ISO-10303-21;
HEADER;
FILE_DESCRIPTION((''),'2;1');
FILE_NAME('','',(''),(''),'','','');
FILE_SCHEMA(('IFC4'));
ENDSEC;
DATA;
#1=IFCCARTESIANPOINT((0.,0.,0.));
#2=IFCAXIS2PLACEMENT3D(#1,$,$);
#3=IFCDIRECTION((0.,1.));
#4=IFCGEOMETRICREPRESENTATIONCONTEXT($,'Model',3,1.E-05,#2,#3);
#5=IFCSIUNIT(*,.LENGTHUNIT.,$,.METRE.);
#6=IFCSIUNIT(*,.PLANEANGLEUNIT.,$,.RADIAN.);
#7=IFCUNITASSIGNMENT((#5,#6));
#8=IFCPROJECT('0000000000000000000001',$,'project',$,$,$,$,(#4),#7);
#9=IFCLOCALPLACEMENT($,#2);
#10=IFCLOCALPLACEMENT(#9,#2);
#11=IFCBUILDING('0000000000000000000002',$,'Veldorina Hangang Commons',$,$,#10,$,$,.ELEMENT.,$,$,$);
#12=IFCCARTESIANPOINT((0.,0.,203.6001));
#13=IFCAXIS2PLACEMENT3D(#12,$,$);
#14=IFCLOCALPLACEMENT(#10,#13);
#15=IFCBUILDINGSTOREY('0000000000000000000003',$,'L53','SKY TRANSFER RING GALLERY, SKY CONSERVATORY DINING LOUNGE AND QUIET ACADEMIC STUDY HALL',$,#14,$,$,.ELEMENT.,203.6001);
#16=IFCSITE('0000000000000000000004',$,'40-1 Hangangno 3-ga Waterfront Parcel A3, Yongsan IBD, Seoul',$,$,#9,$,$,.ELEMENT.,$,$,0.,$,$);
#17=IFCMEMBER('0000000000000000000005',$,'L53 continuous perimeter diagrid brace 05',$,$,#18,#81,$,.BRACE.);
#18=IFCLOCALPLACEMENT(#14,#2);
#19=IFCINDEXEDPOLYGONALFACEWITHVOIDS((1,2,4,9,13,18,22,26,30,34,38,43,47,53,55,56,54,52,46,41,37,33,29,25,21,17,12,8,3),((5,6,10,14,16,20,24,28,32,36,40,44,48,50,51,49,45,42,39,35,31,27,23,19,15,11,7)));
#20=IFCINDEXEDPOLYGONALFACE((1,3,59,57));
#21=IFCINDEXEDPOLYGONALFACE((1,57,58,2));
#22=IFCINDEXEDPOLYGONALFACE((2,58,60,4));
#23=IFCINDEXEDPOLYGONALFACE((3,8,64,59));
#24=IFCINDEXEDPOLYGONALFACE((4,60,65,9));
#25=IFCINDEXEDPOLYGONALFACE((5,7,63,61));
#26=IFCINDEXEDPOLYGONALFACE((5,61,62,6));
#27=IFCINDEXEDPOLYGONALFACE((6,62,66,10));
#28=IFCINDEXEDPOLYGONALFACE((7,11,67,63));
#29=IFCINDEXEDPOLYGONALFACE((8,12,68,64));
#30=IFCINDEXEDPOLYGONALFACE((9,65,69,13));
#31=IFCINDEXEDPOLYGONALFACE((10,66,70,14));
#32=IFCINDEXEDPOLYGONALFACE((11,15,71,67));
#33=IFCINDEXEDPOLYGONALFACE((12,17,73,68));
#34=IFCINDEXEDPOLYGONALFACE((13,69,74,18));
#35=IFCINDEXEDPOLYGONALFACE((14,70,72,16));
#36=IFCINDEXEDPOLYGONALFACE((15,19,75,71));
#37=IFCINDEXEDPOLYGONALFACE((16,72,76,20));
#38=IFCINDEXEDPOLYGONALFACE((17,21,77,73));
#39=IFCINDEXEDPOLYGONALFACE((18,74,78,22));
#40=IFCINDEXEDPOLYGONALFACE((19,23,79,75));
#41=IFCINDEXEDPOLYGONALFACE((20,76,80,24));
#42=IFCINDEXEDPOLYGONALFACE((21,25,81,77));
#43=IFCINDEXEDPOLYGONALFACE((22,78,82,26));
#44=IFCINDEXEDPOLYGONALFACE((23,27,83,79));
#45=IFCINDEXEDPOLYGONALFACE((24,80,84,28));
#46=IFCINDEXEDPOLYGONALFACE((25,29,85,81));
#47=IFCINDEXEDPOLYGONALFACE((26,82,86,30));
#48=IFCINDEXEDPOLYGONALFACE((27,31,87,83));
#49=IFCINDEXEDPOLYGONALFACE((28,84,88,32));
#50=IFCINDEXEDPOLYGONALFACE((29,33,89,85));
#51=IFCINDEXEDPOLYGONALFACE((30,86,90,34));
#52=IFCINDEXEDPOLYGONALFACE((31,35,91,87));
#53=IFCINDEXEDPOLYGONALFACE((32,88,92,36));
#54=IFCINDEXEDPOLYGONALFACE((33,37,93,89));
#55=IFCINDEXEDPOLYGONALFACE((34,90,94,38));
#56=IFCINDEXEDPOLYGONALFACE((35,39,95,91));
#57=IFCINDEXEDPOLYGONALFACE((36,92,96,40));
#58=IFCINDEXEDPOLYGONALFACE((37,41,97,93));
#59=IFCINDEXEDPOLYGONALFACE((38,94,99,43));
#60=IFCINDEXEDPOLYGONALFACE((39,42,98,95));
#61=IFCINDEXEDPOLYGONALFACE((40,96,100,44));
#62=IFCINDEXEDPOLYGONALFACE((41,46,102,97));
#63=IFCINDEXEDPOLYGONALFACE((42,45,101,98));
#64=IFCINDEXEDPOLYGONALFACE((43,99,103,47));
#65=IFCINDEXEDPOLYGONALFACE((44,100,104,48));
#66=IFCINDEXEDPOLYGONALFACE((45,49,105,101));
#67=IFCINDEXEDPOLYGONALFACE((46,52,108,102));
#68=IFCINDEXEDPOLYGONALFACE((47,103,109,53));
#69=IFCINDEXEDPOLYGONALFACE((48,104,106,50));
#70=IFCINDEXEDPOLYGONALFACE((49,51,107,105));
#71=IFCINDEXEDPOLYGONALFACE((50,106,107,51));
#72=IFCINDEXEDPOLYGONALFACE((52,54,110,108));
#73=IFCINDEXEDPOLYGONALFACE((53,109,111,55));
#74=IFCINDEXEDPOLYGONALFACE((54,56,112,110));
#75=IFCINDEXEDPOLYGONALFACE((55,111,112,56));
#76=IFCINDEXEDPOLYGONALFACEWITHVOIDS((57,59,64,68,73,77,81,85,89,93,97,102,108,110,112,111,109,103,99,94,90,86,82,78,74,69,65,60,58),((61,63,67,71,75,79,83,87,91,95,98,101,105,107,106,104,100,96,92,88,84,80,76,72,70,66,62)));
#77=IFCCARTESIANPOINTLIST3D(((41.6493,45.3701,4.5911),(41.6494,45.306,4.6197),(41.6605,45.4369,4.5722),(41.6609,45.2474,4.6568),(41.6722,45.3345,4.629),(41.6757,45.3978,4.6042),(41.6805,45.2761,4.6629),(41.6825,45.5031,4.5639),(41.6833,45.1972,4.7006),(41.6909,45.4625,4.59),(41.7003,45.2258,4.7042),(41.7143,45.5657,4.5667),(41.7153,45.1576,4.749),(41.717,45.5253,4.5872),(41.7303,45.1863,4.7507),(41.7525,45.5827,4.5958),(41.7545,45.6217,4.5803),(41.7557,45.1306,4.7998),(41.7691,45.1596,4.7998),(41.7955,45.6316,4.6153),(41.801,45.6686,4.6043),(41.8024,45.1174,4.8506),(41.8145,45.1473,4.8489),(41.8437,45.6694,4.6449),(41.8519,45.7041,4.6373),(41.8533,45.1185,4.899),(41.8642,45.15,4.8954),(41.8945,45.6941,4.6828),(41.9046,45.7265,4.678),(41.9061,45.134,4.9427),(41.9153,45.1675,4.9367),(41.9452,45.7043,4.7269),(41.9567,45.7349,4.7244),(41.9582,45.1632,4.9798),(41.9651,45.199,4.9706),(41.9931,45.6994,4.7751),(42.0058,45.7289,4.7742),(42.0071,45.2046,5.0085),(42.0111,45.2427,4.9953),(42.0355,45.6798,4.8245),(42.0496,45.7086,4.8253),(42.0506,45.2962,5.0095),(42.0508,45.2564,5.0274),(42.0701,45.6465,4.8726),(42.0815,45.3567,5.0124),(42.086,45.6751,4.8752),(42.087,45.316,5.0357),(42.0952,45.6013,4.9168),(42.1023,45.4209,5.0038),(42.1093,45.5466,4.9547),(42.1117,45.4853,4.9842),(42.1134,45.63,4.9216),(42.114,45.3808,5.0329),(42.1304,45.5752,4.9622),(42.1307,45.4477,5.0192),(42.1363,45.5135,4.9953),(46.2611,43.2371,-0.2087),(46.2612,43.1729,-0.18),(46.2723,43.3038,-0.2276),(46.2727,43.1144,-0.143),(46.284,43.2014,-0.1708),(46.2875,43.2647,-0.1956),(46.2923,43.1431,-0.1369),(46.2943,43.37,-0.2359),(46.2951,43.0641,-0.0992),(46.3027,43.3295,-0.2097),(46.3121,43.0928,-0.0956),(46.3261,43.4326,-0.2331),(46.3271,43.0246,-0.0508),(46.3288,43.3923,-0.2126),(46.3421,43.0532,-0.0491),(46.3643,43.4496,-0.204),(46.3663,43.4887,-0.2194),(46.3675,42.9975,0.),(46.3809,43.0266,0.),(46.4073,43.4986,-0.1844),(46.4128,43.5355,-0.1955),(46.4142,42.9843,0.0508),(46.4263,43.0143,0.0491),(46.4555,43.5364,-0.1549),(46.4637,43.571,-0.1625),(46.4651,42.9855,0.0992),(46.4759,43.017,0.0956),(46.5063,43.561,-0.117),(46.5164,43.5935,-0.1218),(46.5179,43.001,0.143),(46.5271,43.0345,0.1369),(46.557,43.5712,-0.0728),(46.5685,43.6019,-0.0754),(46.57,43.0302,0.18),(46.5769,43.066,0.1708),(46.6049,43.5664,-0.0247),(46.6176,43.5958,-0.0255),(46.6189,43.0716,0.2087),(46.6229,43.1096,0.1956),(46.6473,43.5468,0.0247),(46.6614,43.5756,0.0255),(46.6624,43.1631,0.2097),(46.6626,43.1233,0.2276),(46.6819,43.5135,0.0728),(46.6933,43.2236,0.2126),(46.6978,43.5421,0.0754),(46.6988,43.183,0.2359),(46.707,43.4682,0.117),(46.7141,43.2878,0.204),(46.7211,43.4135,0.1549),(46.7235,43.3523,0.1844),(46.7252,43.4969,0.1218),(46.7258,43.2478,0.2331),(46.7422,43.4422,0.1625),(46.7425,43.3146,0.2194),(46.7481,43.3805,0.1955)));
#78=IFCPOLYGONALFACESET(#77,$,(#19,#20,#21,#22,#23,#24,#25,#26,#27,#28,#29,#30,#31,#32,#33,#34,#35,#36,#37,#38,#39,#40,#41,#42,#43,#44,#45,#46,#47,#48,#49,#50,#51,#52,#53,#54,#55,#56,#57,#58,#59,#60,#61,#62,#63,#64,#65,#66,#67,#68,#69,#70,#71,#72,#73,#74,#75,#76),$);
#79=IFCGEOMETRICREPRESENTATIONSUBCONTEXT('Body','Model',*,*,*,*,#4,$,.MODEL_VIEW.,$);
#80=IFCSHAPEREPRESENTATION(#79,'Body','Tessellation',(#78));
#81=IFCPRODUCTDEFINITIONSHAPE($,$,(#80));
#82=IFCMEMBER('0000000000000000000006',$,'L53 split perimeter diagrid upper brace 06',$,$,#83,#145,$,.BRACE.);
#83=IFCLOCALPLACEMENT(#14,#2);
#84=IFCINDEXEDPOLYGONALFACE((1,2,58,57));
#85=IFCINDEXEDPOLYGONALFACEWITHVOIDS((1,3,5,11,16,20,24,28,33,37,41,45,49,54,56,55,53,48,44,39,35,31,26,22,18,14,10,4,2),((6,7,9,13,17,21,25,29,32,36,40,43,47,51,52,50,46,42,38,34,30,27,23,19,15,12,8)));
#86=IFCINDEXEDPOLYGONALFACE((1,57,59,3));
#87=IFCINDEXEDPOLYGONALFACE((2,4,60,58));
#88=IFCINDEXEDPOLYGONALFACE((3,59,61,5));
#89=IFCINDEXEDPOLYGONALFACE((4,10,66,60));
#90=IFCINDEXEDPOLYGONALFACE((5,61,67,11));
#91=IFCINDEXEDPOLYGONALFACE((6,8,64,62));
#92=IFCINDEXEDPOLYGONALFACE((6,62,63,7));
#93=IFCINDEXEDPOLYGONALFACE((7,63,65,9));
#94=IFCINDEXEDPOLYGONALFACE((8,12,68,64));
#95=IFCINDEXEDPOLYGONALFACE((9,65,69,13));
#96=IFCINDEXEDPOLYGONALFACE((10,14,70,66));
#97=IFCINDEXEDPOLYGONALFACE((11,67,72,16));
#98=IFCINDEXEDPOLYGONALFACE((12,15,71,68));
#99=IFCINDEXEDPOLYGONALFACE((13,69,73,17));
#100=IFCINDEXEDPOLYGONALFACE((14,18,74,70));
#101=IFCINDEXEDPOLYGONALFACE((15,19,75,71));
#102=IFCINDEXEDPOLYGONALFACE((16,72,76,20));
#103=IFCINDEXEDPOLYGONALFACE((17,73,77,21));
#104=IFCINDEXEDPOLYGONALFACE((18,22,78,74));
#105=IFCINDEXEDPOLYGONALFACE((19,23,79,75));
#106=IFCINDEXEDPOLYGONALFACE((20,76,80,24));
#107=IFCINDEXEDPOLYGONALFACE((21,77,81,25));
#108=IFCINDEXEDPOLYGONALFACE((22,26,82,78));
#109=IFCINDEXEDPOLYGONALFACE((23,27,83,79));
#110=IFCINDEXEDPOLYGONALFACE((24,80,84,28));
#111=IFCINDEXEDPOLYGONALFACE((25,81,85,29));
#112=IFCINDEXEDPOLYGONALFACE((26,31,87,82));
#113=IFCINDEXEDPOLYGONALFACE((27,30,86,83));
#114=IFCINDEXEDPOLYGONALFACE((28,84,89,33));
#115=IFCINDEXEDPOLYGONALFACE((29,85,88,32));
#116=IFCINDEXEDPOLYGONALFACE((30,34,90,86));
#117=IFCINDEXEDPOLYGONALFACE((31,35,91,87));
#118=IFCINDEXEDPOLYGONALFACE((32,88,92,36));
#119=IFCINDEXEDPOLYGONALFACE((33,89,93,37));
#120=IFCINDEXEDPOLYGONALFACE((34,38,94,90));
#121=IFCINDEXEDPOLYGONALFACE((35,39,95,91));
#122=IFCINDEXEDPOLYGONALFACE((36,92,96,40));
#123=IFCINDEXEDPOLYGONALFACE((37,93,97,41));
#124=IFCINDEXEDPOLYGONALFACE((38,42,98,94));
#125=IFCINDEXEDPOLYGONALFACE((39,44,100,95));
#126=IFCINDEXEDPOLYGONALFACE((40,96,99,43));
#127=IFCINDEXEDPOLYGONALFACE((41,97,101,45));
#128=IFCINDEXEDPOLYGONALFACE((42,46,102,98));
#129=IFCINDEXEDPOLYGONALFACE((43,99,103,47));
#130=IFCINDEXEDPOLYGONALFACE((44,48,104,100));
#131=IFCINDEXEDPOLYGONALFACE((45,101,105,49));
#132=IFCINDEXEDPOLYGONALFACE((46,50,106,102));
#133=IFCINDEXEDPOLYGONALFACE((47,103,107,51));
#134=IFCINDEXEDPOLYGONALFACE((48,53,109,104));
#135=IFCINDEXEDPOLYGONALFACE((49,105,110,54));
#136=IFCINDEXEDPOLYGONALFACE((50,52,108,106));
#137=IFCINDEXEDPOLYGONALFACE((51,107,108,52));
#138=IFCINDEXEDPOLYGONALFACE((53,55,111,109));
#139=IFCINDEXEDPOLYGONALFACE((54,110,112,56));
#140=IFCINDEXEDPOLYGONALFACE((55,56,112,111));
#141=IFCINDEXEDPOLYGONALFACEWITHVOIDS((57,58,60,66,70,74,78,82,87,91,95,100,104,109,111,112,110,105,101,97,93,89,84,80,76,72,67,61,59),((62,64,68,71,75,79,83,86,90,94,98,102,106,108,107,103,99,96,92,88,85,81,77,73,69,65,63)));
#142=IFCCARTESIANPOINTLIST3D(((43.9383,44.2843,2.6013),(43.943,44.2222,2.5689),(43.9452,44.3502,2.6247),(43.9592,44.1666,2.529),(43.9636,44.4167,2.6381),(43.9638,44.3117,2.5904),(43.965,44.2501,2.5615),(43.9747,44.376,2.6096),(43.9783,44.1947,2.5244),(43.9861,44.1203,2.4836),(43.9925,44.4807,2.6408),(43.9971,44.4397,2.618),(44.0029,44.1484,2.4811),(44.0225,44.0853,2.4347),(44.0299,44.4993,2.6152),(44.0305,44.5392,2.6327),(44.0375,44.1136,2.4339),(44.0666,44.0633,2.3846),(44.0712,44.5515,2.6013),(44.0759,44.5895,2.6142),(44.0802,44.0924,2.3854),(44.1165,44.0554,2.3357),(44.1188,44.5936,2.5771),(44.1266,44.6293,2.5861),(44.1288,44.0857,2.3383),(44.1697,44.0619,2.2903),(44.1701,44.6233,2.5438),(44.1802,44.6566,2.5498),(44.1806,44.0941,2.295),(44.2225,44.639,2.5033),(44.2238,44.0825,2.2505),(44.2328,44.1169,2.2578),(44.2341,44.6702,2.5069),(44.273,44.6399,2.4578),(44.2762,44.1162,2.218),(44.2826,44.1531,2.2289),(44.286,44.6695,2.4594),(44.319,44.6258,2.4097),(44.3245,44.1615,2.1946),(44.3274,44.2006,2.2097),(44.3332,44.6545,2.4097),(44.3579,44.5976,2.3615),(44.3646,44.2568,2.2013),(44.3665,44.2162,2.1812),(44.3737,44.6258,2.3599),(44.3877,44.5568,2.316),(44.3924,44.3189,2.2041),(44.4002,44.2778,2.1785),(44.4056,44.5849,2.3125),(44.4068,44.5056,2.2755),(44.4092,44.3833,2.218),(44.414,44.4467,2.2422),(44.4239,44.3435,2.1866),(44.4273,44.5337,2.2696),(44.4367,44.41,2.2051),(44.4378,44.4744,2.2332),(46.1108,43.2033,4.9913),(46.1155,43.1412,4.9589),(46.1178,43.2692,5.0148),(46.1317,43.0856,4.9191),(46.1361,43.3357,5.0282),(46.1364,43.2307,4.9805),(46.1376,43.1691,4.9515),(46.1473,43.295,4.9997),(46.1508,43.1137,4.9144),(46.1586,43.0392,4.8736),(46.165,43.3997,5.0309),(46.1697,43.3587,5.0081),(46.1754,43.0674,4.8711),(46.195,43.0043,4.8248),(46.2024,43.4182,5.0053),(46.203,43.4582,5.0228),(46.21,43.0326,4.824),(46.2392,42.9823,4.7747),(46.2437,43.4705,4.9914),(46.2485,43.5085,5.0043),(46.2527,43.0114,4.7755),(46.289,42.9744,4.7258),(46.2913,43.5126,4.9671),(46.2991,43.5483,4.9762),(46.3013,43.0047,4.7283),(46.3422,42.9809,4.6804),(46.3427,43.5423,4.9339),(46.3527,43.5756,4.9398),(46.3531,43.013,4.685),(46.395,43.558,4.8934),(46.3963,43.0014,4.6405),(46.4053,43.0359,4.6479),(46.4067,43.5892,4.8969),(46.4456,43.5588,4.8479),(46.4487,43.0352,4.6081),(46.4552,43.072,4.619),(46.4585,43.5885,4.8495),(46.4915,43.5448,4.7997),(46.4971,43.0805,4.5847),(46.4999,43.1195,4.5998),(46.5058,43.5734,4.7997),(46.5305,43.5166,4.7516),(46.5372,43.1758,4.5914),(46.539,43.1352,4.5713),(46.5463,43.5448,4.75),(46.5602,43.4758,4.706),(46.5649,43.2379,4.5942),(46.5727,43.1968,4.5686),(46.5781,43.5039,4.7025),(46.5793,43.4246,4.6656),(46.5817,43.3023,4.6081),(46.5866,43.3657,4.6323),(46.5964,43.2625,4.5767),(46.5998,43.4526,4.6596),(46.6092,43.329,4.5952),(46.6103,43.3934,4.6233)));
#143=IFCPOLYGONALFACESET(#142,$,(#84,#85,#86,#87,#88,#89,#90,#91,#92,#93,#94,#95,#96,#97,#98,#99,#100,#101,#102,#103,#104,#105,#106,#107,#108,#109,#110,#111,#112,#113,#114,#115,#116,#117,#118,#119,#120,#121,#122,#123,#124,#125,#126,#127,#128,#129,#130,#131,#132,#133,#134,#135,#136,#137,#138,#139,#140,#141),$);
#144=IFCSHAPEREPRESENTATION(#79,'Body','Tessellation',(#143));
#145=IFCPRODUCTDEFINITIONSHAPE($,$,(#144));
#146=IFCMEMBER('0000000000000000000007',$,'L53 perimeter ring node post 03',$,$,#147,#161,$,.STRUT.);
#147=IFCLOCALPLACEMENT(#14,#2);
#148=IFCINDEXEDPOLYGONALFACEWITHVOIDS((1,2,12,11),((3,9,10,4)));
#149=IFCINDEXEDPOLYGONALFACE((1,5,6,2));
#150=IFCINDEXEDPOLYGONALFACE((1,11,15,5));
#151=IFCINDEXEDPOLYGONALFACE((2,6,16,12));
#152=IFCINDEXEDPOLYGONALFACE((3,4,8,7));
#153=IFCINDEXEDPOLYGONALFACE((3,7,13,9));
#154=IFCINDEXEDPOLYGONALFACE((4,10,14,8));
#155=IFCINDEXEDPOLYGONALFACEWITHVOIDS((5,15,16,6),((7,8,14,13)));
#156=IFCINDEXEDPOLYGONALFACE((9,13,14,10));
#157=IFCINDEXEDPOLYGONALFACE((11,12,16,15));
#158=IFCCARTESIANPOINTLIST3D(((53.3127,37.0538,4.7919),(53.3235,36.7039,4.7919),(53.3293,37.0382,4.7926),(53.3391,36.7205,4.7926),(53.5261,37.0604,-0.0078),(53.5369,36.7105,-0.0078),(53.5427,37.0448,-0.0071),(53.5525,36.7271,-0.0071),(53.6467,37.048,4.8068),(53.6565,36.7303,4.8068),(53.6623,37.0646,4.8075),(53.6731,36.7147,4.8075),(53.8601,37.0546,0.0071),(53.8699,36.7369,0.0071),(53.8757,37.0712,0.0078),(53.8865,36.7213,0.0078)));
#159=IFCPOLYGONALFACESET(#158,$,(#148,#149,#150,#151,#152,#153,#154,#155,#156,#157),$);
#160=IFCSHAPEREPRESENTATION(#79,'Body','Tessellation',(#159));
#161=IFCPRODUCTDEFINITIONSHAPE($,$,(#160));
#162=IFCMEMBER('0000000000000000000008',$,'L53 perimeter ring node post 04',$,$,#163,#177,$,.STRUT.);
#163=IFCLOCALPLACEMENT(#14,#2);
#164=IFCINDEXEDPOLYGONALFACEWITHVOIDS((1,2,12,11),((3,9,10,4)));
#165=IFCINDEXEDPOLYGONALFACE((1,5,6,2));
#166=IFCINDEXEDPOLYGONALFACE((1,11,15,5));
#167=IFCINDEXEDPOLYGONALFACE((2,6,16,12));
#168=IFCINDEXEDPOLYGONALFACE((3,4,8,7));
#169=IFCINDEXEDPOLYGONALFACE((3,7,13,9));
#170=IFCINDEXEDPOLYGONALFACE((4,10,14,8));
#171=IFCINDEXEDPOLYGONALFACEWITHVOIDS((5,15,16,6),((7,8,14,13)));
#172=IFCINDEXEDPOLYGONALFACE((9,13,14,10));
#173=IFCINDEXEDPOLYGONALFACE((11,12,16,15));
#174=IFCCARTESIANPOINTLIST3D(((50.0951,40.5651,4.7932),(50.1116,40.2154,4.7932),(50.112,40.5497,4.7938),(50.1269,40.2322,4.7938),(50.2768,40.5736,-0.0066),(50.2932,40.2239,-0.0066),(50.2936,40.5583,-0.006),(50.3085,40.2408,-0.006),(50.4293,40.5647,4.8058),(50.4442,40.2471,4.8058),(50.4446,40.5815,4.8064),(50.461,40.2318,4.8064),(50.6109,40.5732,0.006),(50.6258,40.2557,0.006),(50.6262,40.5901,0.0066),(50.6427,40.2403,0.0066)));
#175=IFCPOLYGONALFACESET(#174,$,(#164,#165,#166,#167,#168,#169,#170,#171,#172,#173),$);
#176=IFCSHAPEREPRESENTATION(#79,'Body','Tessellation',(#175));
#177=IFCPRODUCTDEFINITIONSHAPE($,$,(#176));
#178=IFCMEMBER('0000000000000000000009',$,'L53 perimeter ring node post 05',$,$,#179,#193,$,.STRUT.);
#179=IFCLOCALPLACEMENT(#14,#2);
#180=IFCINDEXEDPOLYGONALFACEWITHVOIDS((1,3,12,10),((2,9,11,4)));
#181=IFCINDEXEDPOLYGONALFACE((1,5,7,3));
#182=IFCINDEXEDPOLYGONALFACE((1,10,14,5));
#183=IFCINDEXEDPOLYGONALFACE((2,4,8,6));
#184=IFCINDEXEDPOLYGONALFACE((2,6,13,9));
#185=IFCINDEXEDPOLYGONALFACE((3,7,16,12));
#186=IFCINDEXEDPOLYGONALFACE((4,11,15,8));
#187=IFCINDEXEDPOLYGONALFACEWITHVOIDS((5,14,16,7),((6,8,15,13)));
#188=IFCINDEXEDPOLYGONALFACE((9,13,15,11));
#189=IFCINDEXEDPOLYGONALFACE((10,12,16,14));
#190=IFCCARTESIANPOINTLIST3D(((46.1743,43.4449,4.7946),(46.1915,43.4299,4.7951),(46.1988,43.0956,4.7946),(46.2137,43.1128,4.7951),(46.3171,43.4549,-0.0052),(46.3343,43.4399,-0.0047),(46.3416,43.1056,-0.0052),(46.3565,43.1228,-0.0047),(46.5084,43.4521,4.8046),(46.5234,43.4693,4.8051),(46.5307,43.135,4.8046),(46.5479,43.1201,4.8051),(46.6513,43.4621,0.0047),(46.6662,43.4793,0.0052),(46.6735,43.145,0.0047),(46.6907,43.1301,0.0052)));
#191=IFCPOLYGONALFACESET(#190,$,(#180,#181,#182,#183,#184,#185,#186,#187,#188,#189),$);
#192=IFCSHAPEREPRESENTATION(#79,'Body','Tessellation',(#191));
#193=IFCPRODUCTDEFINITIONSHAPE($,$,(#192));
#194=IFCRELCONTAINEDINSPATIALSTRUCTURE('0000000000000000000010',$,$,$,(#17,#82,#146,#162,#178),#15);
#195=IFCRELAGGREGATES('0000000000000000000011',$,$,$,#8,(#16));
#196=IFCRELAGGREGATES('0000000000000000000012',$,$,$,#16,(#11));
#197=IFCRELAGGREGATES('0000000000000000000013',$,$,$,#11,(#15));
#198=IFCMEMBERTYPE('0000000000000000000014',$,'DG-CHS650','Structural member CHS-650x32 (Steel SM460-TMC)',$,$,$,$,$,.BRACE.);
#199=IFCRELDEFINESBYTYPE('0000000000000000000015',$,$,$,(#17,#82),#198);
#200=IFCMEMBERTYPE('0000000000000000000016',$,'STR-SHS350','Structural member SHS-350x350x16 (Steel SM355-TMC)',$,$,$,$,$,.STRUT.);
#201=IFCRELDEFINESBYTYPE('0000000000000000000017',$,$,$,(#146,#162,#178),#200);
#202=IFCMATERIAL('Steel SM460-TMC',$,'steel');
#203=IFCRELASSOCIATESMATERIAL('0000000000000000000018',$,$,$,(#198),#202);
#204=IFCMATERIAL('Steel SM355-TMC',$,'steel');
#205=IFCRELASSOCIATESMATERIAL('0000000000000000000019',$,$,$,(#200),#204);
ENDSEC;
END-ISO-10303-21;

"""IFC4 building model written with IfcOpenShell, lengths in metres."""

from ifc_helpers import new_model, si_unit, direction, frame, origin, origin_2d, place, context, subcontext, project, spatial, hollow_rectangle, hollow_circle, extrude, material, material_profile, profile_set, type_object, element, save


model = new_model("IFC4")

# Units and contexts
model_context = context("Model", 3, precision=1e-05, world=origin(), true_north=direction((0.0, 1.0)))
body_context = subcontext(model_context, "Body", "Model", "MODEL_VIEW")
ifc_project = project(units=[si_unit("LENGTHUNIT", "METRE"), si_unit("PLANEANGLEUNIT", "RADIAN")], contexts=[model_context])

# Site, building, storey
site_placement = place(None, origin())
site = spatial("IfcSite", under=ifc_project, at=site_placement, Name="40-1 Hangangno 3-ga Waterfront Parcel A3, Yongsan IBD, Seoul", CompositionType="ELEMENT", RefElevation=0.0)
building_placement = place(site_placement, origin())
building = spatial("IfcBuilding", under=site, at=building_placement, Name="Veldorina Hangang Commons", CompositionType="ELEMENT")
storey_placement = place(building_placement, frame((0.0, 0.0, 203.6001)))
storey = spatial("IfcBuildingStorey", under=building, at=storey_placement, Name="L53", Description="SKY TRANSFER RING GALLERY, SKY CONSERVATORY DINING LOUNGE AND QUIET ACADEMIC STUDY HALL", CompositionType="ELEMENT", Elevation=203.6001)

# Shared definitions
ifc_material_1 = material(Name="Steel SM355-TMC", Category="steel")

# Members
ifc_material_2 = material(Name="Steel SM460-TMC", Category="steel")
ifc_material_profile_1 = material_profile(ifc_material_2, hollow_circle(Radius=0.325, WallThickness=0.032, at=origin_2d()), Name="CHS-650x32")
ifc_profile_set_1 = profile_set([ifc_material_profile_1], Name="Steel SM460-TMC")
member_type_1 = type_object("IfcMemberType", Name="DG-CHS650", Description="Structural member CHS-650x32 (Steel SM460-TMC)", PredefinedType="BRACE", material=ifc_profile_set_1)
member_1_placement = place(storey_placement, frame((46.5039, 43.2925, 0.0), z_axis=(-0.659795, 0.305168, 0.68669), x_axis=(-0.419792, -0.90762, 0.0)))
element("IfcMember", 1, at=member_1_placement, inside=storey, type_object=member_type_1, Name="L53 continuous perimeter diagrid brace 05", PredefinedType="BRACE", context=body_context, shape_type="SweptSolid", body=[
    extrude(hollow_circle(Radius=0.325, WallThickness=0.032, at=origin_2d()), origin(), (0.0, 0.0, 1.0), 6.9897),
])
member_2_placement = place(storey_placement, frame((44.1885, 44.3635, 2.4097), z_axis=(0.637854, -0.317386, 0.701718), x_axis=(0.445482, 0.895291, 0.0)))
element("IfcMember", 2, at=member_2_placement, inside=storey, type_object=member_type_1, Name="L53 split perimeter diagrid upper brace 06", PredefinedType="BRACE", context=body_context, shape_type="SweptSolid", body=[
    extrude(hollow_circle(Radius=0.325, WallThickness=0.032, at=origin_2d()), origin(), (0.0, 0.0, 1.0), 3.406),
])
ifc_material_profile_2 = material_profile(ifc_material_1, hollow_rectangle(XDim=0.3501, YDim=0.3501, WallThickness=0.0161, at=origin_2d()), Name="SHS-350x350x16")
ifc_profile_set_2 = profile_set([ifc_material_profile_2], Name="Steel SM355-TMC")
member_type_2 = type_object("IfcMemberType", Name="STR-SHS350", Description="Structural member SHS-350x350x16 (Steel SM355-TMC)", PredefinedType="STRUT", material=ifc_profile_set_2)
member_3_placement = place(storey_placement, frame((53.7063, 36.8909, 0.0), z_axis=(-0.044412, -0.001372, 0.999012), x_axis=(0.030878, -0.999523, 0.0)))
element("IfcMember", 3, at=member_3_placement, inside=storey, type_object=member_type_2, Name="L53 perimeter ring node post 03", PredefinedType="STRUT", context=body_context, shape_type="SweptSolid", body=[
    extrude(hollow_rectangle(XDim=0.3501, YDim=0.3501, WallThickness=0.0161, at=origin_2d()), origin(), (0.0, 0.0, 1.0), 4.8044),
])
member_4_placement = place(storey_placement, frame((50.4597, 40.407, 0.0), z_axis=(-0.037816, -0.001779, 0.999283), x_axis=(0.046991, -0.998895, 0.0)))
element("IfcMember", 4, at=member_4_placement, inside=storey, type_object=member_type_2, Name="L53 perimeter ring node post 04", PredefinedType="STRUT", context=body_context, shape_type="SweptSolid", body=[
    extrude(hollow_rectangle(XDim=0.3501, YDim=0.3501, WallThickness=0.0161, at=origin_2d()), origin(), (0.0, 0.0, 1.0), 4.8032),
])
member_5_placement = place(storey_placement, frame((46.5039, 43.2925, 0.0), z_axis=(-0.029743, -0.002085, 0.999555), x_axis=(0.069914, -0.997553, 0.0)))
element("IfcMember", 5, at=member_5_placement, inside=storey, type_object=member_type_2, Name="L53 perimeter ring node post 05", PredefinedType="STRUT", context=body_context, shape_type="SweptSolid", body=[
    extrude(hollow_rectangle(XDim=0.3501, YDim=0.3501, WallThickness=0.0161, at=origin_2d()), origin(), (0.0, 0.0, 1.0), 4.802),
])

save(model, "model.ifc")
